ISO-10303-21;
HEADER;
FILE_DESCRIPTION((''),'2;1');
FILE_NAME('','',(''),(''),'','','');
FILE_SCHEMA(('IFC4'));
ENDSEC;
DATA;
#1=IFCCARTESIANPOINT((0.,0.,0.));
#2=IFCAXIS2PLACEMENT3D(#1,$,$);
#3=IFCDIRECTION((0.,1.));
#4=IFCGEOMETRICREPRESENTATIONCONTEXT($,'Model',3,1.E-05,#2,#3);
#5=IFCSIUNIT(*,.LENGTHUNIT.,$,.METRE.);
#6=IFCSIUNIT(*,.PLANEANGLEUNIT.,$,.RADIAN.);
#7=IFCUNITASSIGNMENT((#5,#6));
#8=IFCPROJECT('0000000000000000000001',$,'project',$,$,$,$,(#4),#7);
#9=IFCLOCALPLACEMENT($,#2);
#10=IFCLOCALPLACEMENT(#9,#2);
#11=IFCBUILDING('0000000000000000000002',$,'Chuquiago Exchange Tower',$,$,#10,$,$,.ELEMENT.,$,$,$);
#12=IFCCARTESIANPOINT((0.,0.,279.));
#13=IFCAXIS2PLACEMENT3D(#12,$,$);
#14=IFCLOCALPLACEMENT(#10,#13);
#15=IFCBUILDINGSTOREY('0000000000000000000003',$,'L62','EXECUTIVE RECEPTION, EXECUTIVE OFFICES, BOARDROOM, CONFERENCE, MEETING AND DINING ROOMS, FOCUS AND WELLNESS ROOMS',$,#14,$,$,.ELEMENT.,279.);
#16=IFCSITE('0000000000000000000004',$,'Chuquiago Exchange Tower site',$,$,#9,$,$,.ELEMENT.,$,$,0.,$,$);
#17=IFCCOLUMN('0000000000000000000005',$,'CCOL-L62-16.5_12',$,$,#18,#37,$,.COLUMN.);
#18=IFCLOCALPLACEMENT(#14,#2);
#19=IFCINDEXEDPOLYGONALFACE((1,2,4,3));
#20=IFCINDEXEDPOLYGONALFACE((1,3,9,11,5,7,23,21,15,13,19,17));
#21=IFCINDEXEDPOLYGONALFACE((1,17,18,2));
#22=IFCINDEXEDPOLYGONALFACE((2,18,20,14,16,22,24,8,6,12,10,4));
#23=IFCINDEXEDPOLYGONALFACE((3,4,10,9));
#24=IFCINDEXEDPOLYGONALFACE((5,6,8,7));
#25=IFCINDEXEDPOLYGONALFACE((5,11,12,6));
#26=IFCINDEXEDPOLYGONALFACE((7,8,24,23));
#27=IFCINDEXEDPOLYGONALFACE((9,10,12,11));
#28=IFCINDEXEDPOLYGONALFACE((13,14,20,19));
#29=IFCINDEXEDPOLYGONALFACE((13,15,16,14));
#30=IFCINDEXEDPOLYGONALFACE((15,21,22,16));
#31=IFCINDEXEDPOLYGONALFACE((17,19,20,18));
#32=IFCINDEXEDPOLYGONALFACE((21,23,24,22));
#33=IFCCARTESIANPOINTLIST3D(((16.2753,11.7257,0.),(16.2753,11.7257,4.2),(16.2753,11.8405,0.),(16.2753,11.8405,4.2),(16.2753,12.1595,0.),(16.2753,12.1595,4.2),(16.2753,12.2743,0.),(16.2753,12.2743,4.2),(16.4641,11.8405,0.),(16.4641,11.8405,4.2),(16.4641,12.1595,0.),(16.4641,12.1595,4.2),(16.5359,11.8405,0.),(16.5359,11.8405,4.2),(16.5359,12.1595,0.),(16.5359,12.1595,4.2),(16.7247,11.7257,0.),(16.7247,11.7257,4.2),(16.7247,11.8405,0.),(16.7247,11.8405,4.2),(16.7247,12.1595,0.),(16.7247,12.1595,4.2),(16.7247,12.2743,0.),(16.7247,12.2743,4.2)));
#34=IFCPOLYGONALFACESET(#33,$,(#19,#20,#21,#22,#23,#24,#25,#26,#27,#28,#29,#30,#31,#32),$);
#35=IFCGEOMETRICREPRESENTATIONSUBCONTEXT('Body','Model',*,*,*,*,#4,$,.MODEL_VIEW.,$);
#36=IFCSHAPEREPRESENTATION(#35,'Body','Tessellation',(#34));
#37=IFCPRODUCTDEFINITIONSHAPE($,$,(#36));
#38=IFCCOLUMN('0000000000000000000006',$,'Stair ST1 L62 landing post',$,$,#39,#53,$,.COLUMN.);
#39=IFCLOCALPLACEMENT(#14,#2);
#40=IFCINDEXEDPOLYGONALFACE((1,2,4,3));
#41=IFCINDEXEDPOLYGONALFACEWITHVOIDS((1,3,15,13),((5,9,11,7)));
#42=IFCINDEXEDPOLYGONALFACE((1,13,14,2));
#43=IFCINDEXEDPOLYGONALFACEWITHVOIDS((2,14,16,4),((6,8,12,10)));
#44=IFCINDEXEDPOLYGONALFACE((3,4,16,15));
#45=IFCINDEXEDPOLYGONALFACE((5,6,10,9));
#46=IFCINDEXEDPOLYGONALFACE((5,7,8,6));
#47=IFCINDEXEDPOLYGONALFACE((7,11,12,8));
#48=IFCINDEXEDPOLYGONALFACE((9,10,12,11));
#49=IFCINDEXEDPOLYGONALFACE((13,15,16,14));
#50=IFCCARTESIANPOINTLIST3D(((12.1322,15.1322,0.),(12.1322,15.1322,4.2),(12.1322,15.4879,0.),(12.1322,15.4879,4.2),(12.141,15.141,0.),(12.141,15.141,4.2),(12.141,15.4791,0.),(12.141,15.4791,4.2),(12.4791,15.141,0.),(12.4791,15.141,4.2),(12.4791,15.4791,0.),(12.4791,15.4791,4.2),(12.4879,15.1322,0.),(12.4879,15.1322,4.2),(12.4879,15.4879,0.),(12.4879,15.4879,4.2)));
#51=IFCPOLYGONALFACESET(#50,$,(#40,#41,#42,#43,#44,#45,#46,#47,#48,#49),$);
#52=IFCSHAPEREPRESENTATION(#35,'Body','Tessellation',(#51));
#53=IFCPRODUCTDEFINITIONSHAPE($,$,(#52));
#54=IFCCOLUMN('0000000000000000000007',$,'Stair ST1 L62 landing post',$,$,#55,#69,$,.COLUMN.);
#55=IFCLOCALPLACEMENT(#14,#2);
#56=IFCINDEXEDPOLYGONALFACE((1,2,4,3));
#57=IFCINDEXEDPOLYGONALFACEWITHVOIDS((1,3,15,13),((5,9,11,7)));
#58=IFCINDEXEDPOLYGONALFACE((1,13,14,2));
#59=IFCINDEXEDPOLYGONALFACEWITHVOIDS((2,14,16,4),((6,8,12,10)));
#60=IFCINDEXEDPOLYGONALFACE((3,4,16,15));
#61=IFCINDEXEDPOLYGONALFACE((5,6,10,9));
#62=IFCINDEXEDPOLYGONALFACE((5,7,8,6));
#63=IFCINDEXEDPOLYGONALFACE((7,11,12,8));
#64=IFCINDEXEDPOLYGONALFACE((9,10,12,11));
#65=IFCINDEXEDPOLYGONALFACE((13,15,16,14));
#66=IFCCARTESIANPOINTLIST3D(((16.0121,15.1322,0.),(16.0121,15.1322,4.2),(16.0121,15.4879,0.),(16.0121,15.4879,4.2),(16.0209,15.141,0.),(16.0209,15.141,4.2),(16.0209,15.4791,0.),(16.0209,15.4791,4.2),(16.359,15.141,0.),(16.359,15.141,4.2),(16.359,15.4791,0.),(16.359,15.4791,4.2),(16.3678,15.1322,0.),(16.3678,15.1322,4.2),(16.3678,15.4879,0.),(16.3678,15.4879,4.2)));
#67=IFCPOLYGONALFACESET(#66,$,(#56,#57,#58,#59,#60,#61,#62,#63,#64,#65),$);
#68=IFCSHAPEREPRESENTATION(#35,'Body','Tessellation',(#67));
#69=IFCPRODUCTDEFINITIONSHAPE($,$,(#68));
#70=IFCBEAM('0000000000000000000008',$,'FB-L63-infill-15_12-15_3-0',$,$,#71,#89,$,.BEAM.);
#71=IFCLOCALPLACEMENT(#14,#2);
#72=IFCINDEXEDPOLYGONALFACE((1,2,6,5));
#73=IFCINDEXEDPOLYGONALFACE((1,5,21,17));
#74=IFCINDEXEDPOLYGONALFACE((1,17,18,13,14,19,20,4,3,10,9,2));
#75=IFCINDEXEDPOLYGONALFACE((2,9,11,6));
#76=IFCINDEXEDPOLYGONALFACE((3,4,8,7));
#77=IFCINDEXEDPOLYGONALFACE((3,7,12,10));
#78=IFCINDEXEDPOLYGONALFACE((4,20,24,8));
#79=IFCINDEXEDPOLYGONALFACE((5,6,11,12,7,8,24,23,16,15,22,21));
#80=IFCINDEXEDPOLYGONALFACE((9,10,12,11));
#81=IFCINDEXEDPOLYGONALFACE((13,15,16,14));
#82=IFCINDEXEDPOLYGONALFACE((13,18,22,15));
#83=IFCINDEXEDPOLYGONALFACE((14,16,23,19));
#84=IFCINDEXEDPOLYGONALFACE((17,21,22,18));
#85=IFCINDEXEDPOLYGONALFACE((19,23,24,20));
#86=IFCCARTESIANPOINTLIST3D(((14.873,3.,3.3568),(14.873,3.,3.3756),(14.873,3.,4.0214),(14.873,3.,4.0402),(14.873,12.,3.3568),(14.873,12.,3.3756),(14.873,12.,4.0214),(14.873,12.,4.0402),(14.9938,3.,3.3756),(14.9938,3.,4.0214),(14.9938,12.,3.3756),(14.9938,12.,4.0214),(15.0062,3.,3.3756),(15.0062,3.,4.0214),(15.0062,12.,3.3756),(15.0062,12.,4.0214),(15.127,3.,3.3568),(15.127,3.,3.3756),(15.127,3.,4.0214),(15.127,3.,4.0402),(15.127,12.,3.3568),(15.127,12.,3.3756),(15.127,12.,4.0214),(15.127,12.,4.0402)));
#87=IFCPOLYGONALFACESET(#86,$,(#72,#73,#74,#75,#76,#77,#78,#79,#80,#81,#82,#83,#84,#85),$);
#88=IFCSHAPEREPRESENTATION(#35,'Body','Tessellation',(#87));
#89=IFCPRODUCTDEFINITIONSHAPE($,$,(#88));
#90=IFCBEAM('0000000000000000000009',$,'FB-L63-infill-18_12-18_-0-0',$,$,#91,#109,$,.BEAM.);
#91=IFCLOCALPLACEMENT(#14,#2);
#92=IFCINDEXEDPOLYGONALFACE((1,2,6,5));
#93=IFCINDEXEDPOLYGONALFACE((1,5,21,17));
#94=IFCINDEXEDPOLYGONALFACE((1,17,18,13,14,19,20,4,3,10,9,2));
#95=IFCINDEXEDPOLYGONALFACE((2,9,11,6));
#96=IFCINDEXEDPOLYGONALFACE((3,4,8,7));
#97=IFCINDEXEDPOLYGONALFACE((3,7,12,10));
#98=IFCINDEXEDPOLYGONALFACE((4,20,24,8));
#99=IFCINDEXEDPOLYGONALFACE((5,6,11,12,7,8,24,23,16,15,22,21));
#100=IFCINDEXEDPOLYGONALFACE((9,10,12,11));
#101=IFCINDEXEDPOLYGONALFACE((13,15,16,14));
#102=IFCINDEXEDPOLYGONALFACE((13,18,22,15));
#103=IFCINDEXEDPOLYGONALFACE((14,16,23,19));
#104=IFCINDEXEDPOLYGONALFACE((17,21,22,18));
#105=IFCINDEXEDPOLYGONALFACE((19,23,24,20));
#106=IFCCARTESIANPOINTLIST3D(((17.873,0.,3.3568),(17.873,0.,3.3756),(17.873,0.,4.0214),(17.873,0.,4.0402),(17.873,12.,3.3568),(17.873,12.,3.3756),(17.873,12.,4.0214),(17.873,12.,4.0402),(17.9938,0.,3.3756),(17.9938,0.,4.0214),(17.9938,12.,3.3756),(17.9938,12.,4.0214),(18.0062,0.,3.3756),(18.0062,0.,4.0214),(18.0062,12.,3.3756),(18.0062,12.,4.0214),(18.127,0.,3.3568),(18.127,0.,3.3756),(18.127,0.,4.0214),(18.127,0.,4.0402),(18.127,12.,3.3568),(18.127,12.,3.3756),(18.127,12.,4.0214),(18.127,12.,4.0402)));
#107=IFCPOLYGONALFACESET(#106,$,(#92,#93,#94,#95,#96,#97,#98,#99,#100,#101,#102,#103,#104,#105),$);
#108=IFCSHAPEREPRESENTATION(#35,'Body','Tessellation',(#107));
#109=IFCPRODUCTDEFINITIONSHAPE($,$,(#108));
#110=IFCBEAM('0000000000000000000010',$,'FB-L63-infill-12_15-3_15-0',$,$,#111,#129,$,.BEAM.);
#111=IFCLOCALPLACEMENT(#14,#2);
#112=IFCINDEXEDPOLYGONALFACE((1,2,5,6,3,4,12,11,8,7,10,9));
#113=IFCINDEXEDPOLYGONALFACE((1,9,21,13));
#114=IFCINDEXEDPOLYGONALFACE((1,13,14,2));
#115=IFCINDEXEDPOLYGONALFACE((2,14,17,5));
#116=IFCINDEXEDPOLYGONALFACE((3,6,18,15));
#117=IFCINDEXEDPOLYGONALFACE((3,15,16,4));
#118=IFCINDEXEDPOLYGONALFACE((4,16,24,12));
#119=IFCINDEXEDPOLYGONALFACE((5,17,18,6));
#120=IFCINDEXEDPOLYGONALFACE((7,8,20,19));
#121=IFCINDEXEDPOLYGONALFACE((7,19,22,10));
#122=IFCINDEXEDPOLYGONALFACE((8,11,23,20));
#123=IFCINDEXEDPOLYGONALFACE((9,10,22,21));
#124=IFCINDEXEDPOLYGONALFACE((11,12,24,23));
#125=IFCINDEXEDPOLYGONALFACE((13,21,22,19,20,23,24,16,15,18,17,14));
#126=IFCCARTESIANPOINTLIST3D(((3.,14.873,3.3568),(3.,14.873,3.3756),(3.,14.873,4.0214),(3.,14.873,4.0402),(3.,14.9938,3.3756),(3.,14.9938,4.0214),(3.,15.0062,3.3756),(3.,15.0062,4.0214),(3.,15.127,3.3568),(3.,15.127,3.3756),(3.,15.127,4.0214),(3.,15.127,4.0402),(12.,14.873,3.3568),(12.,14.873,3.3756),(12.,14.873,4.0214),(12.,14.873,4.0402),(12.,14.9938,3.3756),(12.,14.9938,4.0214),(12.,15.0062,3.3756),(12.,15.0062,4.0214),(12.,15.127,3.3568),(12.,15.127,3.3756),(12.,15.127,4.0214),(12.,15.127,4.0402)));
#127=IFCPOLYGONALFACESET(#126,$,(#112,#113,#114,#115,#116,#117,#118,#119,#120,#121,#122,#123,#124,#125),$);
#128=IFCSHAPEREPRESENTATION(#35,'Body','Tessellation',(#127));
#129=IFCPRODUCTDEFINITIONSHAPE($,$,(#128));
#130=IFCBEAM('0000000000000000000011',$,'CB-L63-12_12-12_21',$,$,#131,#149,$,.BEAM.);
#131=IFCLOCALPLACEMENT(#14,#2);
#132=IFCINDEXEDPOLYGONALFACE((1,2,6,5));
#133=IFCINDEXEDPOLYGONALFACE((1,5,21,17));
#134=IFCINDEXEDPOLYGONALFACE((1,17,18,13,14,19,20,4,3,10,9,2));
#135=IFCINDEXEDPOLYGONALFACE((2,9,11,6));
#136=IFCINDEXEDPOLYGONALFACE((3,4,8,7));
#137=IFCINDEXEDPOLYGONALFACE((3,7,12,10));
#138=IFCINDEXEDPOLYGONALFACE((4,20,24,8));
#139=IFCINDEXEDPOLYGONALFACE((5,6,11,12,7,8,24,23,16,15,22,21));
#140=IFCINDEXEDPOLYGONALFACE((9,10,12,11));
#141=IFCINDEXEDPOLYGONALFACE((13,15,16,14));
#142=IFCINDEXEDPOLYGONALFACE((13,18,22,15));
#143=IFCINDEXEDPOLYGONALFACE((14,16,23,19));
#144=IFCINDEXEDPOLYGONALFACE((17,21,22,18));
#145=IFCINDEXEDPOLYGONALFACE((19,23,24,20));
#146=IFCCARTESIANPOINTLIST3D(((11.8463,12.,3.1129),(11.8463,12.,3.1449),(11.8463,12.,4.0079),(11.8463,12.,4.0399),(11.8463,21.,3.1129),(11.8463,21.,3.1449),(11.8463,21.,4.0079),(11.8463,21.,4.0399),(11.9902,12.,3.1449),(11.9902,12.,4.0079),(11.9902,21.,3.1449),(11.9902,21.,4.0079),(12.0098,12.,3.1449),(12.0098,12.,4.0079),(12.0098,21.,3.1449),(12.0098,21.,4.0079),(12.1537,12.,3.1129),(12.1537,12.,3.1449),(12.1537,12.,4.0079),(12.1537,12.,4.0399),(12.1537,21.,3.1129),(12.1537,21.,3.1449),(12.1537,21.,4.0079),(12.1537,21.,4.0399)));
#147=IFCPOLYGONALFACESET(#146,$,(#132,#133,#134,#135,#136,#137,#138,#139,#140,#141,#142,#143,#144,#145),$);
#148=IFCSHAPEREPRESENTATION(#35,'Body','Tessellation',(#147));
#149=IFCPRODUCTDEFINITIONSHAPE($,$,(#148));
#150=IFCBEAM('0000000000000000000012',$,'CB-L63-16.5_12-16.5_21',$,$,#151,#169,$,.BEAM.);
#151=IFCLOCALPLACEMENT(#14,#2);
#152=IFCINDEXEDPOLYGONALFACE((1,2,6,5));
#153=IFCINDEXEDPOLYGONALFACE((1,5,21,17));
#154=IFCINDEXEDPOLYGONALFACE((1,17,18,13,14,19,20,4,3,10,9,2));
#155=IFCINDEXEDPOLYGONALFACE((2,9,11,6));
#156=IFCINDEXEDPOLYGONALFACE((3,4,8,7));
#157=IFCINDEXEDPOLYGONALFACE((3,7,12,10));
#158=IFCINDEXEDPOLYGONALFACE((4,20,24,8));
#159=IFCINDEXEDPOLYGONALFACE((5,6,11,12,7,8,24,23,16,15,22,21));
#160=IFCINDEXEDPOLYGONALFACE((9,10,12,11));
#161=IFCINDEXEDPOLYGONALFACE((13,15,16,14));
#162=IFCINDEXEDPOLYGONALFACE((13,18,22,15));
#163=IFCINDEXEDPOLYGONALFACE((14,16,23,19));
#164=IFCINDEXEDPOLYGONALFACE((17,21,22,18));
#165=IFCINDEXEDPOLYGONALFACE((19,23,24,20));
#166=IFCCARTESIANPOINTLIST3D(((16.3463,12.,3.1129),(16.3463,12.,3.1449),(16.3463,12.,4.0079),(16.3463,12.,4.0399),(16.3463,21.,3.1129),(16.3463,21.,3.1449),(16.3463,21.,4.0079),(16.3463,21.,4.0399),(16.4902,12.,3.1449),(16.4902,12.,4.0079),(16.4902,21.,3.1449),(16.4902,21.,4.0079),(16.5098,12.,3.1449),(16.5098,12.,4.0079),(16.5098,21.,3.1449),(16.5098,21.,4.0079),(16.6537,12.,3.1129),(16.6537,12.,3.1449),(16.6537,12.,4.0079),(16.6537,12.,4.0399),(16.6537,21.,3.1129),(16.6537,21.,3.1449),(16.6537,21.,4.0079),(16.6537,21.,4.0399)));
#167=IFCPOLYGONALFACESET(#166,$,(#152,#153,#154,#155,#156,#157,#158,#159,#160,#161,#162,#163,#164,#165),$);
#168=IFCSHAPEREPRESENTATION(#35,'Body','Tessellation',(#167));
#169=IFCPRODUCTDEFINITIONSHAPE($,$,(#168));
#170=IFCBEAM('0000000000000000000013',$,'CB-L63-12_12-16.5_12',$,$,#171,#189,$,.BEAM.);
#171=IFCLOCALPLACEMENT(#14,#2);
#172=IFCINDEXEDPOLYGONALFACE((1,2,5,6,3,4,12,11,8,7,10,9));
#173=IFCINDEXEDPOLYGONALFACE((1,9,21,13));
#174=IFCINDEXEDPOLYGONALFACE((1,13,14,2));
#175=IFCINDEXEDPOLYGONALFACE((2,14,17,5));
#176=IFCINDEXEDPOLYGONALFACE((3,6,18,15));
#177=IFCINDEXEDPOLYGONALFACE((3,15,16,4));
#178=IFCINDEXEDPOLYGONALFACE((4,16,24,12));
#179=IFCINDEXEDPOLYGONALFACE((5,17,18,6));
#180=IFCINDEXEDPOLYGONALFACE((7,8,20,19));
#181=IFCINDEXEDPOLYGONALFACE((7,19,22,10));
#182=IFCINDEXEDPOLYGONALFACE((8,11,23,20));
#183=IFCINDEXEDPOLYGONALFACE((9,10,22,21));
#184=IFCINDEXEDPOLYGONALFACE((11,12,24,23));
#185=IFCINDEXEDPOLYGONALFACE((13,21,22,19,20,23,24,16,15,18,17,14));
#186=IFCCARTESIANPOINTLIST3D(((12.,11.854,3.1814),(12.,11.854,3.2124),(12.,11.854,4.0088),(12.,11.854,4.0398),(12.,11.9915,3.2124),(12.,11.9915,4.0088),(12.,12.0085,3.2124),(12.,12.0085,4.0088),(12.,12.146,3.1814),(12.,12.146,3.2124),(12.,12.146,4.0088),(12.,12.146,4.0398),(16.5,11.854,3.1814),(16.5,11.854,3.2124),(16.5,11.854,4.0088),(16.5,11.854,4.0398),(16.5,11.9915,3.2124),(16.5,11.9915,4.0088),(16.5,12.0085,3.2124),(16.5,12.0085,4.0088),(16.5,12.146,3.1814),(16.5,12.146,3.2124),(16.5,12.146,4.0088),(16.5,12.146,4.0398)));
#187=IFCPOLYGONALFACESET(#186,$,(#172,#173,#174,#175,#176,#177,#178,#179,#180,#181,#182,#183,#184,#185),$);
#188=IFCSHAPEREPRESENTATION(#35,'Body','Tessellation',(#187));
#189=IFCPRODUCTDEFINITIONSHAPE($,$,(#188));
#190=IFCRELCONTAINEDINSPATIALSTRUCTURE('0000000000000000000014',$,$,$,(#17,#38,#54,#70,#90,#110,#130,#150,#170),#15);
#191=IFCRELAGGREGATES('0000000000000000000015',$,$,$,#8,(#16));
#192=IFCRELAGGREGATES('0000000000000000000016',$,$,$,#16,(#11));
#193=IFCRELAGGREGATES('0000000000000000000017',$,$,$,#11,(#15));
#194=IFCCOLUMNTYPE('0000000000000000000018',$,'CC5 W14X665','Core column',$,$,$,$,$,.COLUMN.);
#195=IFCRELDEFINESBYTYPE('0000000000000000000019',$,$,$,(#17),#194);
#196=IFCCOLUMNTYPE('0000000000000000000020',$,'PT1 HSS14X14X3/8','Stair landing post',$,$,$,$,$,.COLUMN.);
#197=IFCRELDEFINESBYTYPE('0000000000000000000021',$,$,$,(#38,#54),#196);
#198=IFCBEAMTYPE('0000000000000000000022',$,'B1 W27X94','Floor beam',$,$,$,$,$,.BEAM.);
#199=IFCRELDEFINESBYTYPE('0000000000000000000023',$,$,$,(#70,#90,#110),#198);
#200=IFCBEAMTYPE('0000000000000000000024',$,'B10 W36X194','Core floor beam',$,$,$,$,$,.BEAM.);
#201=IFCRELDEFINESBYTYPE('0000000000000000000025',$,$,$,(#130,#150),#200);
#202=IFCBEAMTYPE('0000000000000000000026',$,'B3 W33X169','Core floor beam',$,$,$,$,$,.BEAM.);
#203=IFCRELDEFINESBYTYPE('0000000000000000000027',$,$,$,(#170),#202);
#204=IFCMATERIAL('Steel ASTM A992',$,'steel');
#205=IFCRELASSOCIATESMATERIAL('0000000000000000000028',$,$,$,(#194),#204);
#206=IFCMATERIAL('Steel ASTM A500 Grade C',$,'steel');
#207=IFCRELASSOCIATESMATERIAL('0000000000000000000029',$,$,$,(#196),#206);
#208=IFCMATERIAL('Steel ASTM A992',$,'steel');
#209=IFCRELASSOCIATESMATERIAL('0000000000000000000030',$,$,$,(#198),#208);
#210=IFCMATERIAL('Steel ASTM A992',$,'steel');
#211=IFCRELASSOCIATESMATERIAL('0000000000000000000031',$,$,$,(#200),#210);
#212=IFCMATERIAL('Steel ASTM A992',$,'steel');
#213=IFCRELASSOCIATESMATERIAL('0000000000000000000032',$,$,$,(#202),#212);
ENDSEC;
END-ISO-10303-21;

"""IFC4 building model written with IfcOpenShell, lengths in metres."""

from ifc_helpers import new_model, si_unit, direction, frame, origin, origin_2d, place, context, subcontext, project, spatial, hollow_rectangle, i_section, extrude, material, material_profile, profile_set, type_object, element, save


model = new_model("IFC4")

# Units and contexts
model_context = context("Model", 3, precision=1e-05, world=origin(), true_north=direction((0.0, 1.0)))
body_context = subcontext(model_context, "Body", "Model", "MODEL_VIEW")
ifc_project = project(units=[si_unit("LENGTHUNIT", "METRE"), si_unit("PLANEANGLEUNIT", "RADIAN")], contexts=[model_context])

# Site, building, storey
site_placement = place(None, origin())
site = spatial("IfcSite", under=ifc_project, at=site_placement, Name="Chuquiago Exchange Tower site", CompositionType="ELEMENT", RefElevation=0.0)
building_placement = place(site_placement, origin())
building = spatial("IfcBuilding", under=site, at=building_placement, Name="Chuquiago Exchange Tower", CompositionType="ELEMENT")
storey_placement = place(building_placement, frame((0.0, 0.0, 279.0)))
storey = spatial("IfcBuildingStorey", under=building, at=storey_placement, Name="L62", Description="EXECUTIVE RECEPTION, EXECUTIVE OFFICES, BOARDROOM, CONFERENCE, MEETING AND DINING ROOMS, FOCUS AND WELLNESS ROOMS", CompositionType="ELEMENT", Elevation=279.0)

# Columns
ifc_material_1 = material(Name="Steel ASTM A992", Category="steel")
ifc_material_profile_1 = material_profile(ifc_material_1, i_section(OverallWidth=0.4495, OverallDepth=0.5486, WebThickness=0.0718, FlangeThickness=0.1147, at=origin_2d()), Name="W14X665")
ifc_profile_set_1 = profile_set([ifc_material_profile_1], Name="Steel ASTM A992")
column_type_1 = type_object("IfcColumnType", Name="CC5 W14X665", Description="Core column", PredefinedType="COLUMN", material=ifc_profile_set_1)
column_placement = place(storey_placement, frame((16.5, 12.0, 0.0), z_axis=(0.0, 0.0, 1.0), x_axis=(1.0, 0.0, 0.0)))
element("IfcColumn", 1, at=column_placement, inside=storey, type_object=column_type_1, Name="CCOL-L62-16.5_12", PredefinedType="COLUMN", context=body_context, shape_type="SweptSolid", body=[
    extrude(i_section(OverallWidth=0.4495, OverallDepth=0.5486, WebThickness=0.0718, FlangeThickness=0.1147, at=origin_2d()), origin(), (0.0, 0.0, 1.0), 4.2),
])
ifc_material_2 = material(Name="Steel ASTM A500 Grade C", Category="steel")
ifc_material_profile_2 = material_profile(ifc_material_2, hollow_rectangle(XDim=0.3557, YDim=0.3557, WallThickness=0.0088, at=origin_2d()), Name="HSS14X14X3/8")
ifc_profile_set_2 = profile_set([ifc_material_profile_2], Name="Steel ASTM A500 Grade C")
column_type_2 = type_object("IfcColumnType", Name="PT1 HSS14X14X3/8", Description="Stair landing post", PredefinedType="COLUMN", material=ifc_profile_set_2)
for number, where, z_axis, x_axis, name in (
    (2, (12.3101, 15.3101, 0.0), (0.0, 0.0, 1.0), (1.0, 0.0, 0.0), "Stair ST1 L62 landing post"),
    (3, (16.1899, 15.3101, 0.0), (0.0, 0.0, 1.0), (1.0, 0.0, 0.0), "Stair ST1 L62 landing post"),
):
    element("IfcColumn", number, at=place(storey_placement, frame(where, z_axis=z_axis, x_axis=x_axis)), inside=storey, type_object=column_type_2, Name=name, PredefinedType="COLUMN", context=body_context, shape_type="SweptSolid", body=[
        extrude(hollow_rectangle(XDim=0.3557, YDim=0.3557, WallThickness=0.0088, at=origin_2d()), origin(), (0.0, 0.0, 1.0), 4.2),
    ])

# Beams
ifc_material_3 = material(Name="Steel ASTM A992", Category="steel")
ifc_material_profile_3 = material_profile(ifc_material_3, i_section(OverallWidth=0.2539, OverallDepth=0.6833, WebThickness=0.0125, FlangeThickness=0.0188, at=origin_2d()), Name="W27X94")
ifc_profile_set_3 = profile_set([ifc_material_profile_3], Name="Steel ASTM A992")
beam_type_1 = type_object("IfcBeamType", Name="B1 W27X94", Description="Floor beam", PredefinedType="BEAM", material=ifc_profile_set_3)
beam_1_placement = place(storey_placement, frame((15.0, 12.0, 3.6985), z_axis=(0.0, -1.0, 0.0), x_axis=(1.0, 0.0, 0.0)))
element("IfcBeam", 4, at=beam_1_placement, inside=storey, type_object=beam_type_1, Name="FB-L63-infill-15_12-15_3-0", PredefinedType="BEAM", context=body_context, shape_type="SweptSolid", body=[
    extrude(i_section(OverallWidth=0.2539, OverallDepth=0.6833, WebThickness=0.0125, FlangeThickness=0.0188, at=origin_2d()), origin(), (0.0, 0.0, 1.0), 9.0),
])
beam_2_placement = place(storey_placement, frame((18.0, 12.0, 3.6985), z_axis=(0.0, -1.0, 0.0), x_axis=(1.0, 0.0, 0.0)))
element("IfcBeam", 5, at=beam_2_placement, inside=storey, type_object=beam_type_1, Name="FB-L63-infill-18_12-18_-0-0", PredefinedType="BEAM", context=body_context, shape_type="SweptSolid", body=[
    extrude(i_section(OverallWidth=0.2539, OverallDepth=0.6833, WebThickness=0.0125, FlangeThickness=0.0188, at=origin_2d()), origin(), (0.0, 0.0, 1.0), 12.0),
])
beam_3_placement = place(storey_placement, frame((12.0, 15.0, 3.6985), z_axis=(-1.0, 0.0, 0.0), x_axis=(0.0, -1.0, 0.0)))
element("IfcBeam", 6, at=beam_3_placement, inside=storey, type_object=beam_type_1, Name="FB-L63-infill-12_15-3_15-0", PredefinedType="BEAM", context=body_context, shape_type="SweptSolid", body=[
    extrude(i_section(OverallWidth=0.2539, OverallDepth=0.6833, WebThickness=0.0125, FlangeThickness=0.0188, at=origin_2d()), origin(), (0.0, 0.0, 1.0), 9.0),
])
ifc_material_4 = material(Name="Steel ASTM A992", Category="steel")
ifc_material_profile_4 = material_profile(ifc_material_4, i_section(OverallWidth=0.3074, OverallDepth=0.927, WebThickness=0.0195, FlangeThickness=0.032, at=origin_2d()), Name="W36X194")
ifc_profile_set_4 = profile_set([ifc_material_profile_4], Name="Steel ASTM A992")
beam_type_2 = type_object("IfcBeamType", Name="B10 W36X194", Description="Core floor beam", PredefinedType="BEAM", material=ifc_profile_set_4)
for number, where, z_axis, x_axis, name in (
    (7, (12.0, 12.0, 3.5764), (0.0, 1.0, 0.0), (-1.0, 0.0, 0.0), "CB-L63-12_12-12_21"),
    (8, (16.5, 12.0, 3.5764), (0.0, 1.0, 0.0), (-1.0, 0.0, 0.0), "CB-L63-16.5_12-16.5_21"),
):
    element("IfcBeam", number, at=place(storey_placement, frame(where, z_axis=z_axis, x_axis=x_axis)), inside=storey, type_object=beam_type_2, Name=name, PredefinedType="BEAM", context=body_context, shape_type="SweptSolid", body=[
        extrude(i_section(OverallWidth=0.3074, OverallDepth=0.927, WebThickness=0.0195, FlangeThickness=0.032, at=origin_2d()), origin(), (0.0, 0.0, 1.0), 9.0),
    ])
ifc_material_5 = material(Name="Steel ASTM A992", Category="steel")
ifc_material_profile_5 = material_profile(ifc_material_5, i_section(OverallWidth=0.292, OverallDepth=0.8584, WebThickness=0.0171, FlangeThickness=0.031, at=origin_2d()), Name="W33X169")
ifc_profile_set_5 = profile_set([ifc_material_profile_5], Name="Steel ASTM A992")
beam_type_3 = type_object("IfcBeamType", Name="B3 W33X169", Description="Core floor beam", PredefinedType="BEAM", material=ifc_profile_set_5)
beam_4_placement = place(storey_placement, frame((12.0, 12.0, 3.6106), z_axis=(1.0, 0.0, 0.0), x_axis=(0.0, 1.0, 0.0)))
element("IfcBeam", 9, at=beam_4_placement, inside=storey, type_object=beam_type_3, Name="CB-L63-12_12-16.5_12", PredefinedType="BEAM", context=body_context, shape_type="SweptSolid", body=[
    extrude(i_section(OverallWidth=0.292, OverallDepth=0.8584, WebThickness=0.0171, FlangeThickness=0.031, at=origin_2d()), origin(), (0.0, 0.0, 1.0), 4.5),
])

save(model, "model.ifc")
